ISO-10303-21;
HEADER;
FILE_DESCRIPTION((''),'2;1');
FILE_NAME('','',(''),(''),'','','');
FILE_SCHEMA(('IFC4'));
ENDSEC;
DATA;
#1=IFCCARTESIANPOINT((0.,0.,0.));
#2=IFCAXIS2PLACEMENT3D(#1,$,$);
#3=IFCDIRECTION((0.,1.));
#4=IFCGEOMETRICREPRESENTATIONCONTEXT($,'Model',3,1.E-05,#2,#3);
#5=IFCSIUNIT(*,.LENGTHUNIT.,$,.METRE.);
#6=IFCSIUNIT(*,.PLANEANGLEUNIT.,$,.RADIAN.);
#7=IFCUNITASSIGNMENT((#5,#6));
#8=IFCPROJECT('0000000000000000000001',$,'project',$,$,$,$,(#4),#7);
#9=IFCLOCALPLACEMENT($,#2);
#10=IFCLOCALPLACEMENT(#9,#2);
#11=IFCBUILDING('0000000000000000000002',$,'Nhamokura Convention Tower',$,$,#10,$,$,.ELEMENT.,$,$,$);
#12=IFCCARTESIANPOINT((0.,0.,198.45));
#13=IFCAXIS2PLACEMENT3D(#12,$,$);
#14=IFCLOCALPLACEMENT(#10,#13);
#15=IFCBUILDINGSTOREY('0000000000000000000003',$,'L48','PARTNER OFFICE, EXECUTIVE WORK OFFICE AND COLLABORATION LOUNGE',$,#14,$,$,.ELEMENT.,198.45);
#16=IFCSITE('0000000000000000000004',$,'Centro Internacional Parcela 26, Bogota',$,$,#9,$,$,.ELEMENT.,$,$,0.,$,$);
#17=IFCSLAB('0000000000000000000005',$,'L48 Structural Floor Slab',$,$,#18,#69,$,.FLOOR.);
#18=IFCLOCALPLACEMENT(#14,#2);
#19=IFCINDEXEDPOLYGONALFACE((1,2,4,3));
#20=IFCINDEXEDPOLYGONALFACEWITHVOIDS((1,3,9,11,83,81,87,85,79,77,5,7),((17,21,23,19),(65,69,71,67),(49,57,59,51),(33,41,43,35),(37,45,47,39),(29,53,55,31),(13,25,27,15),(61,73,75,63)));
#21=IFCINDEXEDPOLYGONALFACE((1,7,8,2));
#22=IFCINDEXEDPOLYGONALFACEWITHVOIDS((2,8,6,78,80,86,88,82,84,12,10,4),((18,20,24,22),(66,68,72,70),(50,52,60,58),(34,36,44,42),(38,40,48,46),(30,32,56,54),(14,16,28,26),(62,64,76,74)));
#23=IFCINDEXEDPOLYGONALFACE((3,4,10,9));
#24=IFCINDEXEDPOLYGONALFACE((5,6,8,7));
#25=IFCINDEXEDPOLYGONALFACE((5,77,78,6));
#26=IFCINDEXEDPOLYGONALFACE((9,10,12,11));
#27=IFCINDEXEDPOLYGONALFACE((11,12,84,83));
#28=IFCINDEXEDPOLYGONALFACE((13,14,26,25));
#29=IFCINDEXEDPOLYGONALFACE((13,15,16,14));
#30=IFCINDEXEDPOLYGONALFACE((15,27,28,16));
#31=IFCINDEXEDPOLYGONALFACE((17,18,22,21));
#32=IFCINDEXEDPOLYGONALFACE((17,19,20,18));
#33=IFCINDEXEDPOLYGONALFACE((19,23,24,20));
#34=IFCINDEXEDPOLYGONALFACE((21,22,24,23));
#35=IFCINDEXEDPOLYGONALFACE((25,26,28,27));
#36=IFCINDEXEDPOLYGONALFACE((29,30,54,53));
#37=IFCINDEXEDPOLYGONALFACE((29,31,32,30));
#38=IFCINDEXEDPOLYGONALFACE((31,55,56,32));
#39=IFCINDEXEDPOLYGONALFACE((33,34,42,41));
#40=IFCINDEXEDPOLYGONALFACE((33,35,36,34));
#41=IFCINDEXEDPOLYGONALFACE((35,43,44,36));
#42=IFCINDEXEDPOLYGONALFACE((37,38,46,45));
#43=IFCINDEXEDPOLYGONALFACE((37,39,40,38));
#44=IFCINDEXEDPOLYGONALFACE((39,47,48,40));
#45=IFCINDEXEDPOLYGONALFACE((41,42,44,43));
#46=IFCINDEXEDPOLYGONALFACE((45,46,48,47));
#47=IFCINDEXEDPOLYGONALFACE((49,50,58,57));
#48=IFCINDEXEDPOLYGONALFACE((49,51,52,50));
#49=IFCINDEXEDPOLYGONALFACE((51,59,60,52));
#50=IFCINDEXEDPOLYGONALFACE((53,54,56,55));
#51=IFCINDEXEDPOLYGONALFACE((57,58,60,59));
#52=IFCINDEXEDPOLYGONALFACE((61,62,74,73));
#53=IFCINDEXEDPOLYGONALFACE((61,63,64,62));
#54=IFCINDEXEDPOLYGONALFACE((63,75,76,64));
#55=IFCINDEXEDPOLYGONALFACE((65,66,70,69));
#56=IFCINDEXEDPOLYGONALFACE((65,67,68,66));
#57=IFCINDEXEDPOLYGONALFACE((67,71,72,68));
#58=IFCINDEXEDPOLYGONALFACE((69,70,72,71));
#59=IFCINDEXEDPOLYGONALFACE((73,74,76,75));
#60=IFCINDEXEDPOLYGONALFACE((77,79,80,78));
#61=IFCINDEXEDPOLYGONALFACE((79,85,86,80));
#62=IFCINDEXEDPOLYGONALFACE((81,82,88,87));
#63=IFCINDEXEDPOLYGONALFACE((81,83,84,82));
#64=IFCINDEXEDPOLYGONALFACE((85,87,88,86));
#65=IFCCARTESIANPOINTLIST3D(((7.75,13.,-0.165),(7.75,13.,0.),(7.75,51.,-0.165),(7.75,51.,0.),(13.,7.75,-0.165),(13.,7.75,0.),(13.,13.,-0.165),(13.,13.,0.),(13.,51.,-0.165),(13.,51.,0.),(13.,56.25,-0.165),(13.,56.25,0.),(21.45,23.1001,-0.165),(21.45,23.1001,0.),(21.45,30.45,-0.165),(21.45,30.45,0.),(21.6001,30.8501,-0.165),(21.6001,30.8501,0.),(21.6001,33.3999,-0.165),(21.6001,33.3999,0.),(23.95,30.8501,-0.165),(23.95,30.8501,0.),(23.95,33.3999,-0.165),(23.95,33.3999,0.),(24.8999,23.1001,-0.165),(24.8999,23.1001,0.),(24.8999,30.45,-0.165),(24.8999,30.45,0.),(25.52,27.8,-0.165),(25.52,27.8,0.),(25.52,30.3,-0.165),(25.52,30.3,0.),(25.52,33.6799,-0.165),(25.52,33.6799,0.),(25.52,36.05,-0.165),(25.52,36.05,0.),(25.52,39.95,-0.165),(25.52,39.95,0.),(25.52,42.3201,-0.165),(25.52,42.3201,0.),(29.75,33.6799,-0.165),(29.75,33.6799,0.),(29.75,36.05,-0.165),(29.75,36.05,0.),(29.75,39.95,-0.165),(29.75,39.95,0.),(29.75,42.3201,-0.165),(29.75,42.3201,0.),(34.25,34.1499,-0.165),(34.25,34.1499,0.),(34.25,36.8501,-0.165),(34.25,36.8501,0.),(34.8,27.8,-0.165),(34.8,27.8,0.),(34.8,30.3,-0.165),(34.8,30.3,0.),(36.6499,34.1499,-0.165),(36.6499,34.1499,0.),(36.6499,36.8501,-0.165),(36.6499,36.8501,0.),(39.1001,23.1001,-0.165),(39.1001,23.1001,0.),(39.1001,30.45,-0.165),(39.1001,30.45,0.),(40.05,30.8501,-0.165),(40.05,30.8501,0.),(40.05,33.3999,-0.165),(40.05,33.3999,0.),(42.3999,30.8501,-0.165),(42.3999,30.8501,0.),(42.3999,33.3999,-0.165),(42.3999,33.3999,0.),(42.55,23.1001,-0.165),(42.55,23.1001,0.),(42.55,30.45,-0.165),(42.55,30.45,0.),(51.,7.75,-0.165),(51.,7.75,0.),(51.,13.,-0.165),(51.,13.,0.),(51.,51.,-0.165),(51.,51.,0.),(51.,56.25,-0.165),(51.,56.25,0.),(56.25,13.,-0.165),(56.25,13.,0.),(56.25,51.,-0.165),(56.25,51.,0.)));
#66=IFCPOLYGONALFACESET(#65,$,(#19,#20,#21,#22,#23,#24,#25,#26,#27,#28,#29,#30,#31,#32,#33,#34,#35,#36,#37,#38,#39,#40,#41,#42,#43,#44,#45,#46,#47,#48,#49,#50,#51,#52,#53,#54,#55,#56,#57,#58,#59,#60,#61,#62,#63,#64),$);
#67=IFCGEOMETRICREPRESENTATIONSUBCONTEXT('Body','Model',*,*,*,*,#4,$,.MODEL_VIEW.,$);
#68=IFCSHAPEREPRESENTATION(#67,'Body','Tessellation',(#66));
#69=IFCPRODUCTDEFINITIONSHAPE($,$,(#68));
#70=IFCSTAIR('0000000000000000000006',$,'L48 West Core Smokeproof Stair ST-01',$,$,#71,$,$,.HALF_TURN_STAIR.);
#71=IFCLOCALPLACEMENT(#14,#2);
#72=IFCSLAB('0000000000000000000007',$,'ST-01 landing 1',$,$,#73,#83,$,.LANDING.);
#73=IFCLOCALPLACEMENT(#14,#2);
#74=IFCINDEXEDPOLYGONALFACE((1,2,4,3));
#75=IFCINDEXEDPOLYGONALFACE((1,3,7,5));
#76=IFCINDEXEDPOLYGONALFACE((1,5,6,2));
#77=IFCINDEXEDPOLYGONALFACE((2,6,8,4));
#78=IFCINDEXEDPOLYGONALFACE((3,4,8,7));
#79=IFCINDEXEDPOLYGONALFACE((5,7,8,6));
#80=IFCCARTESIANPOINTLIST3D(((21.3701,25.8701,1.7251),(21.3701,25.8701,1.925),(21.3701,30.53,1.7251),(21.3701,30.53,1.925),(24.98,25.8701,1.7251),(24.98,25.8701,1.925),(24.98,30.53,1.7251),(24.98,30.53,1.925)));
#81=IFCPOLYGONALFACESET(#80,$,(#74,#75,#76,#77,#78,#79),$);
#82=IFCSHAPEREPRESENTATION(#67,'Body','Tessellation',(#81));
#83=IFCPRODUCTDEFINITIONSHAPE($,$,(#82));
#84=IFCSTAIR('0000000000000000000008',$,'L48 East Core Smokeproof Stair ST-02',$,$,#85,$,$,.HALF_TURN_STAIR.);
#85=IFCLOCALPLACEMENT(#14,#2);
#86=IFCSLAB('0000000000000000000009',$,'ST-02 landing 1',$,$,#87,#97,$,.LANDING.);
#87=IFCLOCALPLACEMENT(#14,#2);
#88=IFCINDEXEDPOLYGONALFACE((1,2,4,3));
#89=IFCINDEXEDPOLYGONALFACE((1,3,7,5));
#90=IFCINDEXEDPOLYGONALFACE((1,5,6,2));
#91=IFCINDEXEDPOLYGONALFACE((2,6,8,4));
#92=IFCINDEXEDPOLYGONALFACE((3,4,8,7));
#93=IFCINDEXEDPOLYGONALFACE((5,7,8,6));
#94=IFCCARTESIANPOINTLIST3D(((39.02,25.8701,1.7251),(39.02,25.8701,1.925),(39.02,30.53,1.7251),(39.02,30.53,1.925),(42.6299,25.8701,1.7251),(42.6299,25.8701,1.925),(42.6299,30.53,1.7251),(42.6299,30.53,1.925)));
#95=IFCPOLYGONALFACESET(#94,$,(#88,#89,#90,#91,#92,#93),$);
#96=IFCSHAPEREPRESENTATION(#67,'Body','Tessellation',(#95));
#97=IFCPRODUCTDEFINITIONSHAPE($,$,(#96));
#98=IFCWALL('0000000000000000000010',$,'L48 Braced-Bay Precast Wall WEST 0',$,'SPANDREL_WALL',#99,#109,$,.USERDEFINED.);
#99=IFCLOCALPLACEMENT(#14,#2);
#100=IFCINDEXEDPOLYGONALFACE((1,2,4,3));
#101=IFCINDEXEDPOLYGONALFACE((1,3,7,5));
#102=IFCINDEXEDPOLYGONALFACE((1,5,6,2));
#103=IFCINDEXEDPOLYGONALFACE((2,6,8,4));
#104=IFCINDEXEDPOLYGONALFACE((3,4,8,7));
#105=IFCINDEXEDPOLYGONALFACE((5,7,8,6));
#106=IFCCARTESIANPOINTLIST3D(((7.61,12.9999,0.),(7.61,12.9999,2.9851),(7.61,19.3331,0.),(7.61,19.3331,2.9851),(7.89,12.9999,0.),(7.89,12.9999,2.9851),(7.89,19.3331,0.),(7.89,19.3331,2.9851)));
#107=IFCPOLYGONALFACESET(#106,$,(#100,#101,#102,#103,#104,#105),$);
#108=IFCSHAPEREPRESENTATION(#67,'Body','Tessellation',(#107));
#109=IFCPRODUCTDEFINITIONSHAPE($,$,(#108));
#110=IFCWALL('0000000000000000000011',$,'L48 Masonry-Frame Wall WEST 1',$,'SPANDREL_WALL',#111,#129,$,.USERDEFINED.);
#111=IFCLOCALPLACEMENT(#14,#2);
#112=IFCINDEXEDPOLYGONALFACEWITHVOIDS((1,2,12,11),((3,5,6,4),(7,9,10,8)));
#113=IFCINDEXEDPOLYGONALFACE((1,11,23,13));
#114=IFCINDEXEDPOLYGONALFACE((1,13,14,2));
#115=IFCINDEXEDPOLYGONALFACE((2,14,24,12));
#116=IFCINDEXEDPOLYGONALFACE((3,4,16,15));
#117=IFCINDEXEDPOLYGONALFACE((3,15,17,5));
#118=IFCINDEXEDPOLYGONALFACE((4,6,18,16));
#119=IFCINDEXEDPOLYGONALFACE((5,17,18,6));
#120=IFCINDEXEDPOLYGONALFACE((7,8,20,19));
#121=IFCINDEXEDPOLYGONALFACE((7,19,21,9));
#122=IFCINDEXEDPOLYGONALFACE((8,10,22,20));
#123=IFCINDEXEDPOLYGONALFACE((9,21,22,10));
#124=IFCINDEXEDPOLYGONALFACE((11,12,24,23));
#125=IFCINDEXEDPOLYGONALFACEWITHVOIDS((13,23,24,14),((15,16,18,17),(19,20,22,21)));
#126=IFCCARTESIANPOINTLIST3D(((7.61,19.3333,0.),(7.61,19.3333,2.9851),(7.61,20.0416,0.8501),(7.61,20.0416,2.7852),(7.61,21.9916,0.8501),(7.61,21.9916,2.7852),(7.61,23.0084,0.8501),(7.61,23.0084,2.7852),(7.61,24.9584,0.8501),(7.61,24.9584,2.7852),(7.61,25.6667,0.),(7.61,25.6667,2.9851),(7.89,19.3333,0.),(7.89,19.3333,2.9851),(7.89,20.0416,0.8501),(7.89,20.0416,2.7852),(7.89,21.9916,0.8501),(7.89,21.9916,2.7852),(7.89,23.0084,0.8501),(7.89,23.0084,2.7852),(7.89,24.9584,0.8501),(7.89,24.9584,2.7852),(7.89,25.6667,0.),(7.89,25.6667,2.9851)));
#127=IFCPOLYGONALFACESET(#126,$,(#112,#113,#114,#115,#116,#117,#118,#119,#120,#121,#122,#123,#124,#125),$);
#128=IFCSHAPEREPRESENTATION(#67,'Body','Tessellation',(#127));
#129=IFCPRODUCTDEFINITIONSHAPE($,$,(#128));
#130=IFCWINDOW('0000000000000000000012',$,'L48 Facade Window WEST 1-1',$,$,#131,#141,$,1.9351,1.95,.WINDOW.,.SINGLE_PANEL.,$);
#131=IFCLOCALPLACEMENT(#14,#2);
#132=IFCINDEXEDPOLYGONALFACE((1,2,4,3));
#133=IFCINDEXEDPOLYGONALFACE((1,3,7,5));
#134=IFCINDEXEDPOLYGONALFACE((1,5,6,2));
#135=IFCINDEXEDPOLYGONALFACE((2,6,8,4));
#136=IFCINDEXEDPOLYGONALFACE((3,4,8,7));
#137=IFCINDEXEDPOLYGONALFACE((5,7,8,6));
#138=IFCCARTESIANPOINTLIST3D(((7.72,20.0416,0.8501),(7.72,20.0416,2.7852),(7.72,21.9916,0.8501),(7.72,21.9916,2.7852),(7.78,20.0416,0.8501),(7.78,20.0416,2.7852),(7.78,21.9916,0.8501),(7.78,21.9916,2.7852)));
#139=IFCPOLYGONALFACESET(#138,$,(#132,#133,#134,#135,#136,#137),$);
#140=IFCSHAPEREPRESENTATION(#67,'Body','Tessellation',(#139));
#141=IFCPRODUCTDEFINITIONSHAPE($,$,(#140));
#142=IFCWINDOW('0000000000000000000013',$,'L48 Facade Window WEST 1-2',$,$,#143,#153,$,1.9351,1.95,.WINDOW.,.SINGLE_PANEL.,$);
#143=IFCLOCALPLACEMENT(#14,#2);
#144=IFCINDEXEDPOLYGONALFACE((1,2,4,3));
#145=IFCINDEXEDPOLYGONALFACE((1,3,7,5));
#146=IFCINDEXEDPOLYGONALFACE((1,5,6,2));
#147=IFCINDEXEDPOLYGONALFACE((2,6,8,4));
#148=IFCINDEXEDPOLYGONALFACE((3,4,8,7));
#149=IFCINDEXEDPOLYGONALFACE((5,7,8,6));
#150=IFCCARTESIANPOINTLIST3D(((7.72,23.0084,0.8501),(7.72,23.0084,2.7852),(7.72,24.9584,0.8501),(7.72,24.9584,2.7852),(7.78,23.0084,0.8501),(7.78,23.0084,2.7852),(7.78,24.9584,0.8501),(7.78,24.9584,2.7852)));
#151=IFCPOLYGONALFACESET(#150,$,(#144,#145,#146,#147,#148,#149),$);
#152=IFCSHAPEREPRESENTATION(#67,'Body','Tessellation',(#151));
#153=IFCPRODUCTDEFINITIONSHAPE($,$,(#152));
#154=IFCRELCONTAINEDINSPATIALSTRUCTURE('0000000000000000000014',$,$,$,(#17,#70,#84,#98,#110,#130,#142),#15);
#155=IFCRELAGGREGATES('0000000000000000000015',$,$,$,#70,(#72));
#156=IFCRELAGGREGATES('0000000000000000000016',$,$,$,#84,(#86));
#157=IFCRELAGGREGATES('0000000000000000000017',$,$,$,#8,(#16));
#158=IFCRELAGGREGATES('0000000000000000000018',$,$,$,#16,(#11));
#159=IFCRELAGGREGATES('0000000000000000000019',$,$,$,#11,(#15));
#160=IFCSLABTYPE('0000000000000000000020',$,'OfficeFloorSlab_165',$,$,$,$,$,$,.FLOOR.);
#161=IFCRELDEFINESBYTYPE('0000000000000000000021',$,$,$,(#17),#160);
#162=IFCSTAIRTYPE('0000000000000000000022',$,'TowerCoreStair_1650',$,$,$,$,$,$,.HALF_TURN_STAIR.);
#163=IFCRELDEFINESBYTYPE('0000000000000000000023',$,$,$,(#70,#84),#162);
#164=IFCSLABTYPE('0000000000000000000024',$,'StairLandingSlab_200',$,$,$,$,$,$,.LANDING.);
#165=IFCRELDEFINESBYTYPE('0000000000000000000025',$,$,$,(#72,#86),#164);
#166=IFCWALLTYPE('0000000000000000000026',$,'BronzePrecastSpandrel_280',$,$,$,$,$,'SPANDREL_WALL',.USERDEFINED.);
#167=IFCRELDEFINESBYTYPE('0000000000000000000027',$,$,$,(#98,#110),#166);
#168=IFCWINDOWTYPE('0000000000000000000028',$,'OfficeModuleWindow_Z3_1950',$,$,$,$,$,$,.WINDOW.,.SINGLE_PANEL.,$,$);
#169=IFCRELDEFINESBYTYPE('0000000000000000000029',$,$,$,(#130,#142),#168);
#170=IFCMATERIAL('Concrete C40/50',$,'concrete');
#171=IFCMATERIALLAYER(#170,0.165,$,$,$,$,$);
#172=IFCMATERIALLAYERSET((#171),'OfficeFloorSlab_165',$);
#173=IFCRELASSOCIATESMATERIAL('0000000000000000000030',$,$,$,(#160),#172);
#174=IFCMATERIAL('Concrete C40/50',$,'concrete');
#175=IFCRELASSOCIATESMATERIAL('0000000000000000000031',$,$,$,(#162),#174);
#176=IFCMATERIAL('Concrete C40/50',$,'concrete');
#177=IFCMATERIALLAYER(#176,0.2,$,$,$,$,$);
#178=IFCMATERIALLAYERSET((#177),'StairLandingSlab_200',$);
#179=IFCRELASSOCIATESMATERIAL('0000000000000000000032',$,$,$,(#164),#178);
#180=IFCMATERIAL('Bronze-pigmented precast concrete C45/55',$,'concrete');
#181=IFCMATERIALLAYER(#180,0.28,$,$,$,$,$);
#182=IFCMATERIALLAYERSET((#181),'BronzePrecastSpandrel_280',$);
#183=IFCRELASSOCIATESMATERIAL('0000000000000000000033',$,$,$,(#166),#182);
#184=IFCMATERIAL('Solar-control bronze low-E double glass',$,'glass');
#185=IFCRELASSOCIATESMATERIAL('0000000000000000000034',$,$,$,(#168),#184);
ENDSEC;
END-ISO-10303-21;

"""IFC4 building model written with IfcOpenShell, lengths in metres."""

from ifc_helpers import new_model, si_unit, direction, frame, frame_2d, origin, place, context, subcontext, project, spatial, polyline, rectangle, outline, extrude, material, layer, layer_set, type_object, element, fill, aggregate, save


model = new_model("IFC4")

# Units and contexts
model_context = context("Model", 3, precision=1e-05, world=origin(), true_north=direction((0.0, 1.0)))
body_context = subcontext(model_context, "Body", "Model", "MODEL_VIEW")
ifc_project = project(units=[si_unit("LENGTHUNIT", "METRE"), si_unit("PLANEANGLEUNIT", "RADIAN")], contexts=[model_context])

# Site, building, storey
site_placement = place(None, origin())
site = spatial("IfcSite", under=ifc_project, at=site_placement, Name="Centro Internacional Parcela 26, Bogota", CompositionType="ELEMENT", RefElevation=0.0)
building_placement = place(site_placement, origin())
building = spatial("IfcBuilding", under=site, at=building_placement, Name="Nhamokura Convention Tower", CompositionType="ELEMENT")
storey_placement = place(building_placement, frame((0.0, 0.0, 198.45)))
storey = spatial("IfcBuildingStorey", under=building, at=storey_placement, Name="L48", Description="PARTNER OFFICE, EXECUTIVE WORK OFFICE AND COLLABORATION LOUNGE", CompositionType="ELEMENT", Elevation=198.45)

# Slab
ifc_material_1 = material(Name="Concrete C40/50", Category="concrete")
ifc_layer_1 = layer(ifc_material_1, 0.165)
ifc_layer_set_1 = layer_set([ifc_layer_1], Name="OfficeFloorSlab_165")
slab_type_1 = type_object("IfcSlabType", Name="OfficeFloorSlab_165", PredefinedType="FLOOR", material=ifc_layer_set_1)
slab_1_placement = place(storey_placement, frame((0.0, 0.0, -0.165)))
element("IfcSlab", 1, at=slab_1_placement, inside=storey, type_object=slab_type_1, Name="L48 Structural Floor Slab", PredefinedType="FLOOR", context=body_context, shape_type="SweptSolid", body=[
    extrude(outline(polyline([(13.0, 7.75), (51.0, 7.75), (51.0, 13.0), (56.25, 13.0), (56.25, 51.0), (51.0, 51.0), (51.0, 56.25), (13.0, 56.25), (13.0, 51.0), (7.75, 51.0), (7.75, 13.0), (13.0, 13.0), (13.0, 7.75)]), holes=[polyline([(24.8999, 23.1001), (24.8999, 30.45), (21.45, 30.45), (21.45, 23.1001), (24.8999, 23.1001)]), polyline([(42.55, 23.1001), (42.55, 30.45), (39.1001, 30.45), (39.1001, 23.1001), (42.55, 23.1001)]), polyline([(21.6001, 30.8501), (23.95, 30.8501), (23.95, 33.3999), (21.6001, 33.3999), (21.6001, 30.8501)]), polyline([(40.05, 30.8501), (42.3999, 30.8501), (42.3999, 33.3999), (40.05, 33.3999), (40.05, 30.8501)]), polyline([(34.25, 34.1499), (36.6499, 34.1499), (36.6499, 36.8501), (34.25, 36.8501), (34.25, 34.1499)]), polyline([(25.52, 27.8), (34.8, 27.8), (34.8, 30.3), (25.52, 30.3), (25.52, 27.8)]), polyline([(25.52, 33.6799), (29.75, 33.6799), (29.75, 36.05), (25.52, 36.05), (25.52, 33.6799)]), polyline([(25.52, 39.95), (29.75, 39.95), (29.75, 42.3201), (25.52, 42.3201), (25.52, 39.95)])]), origin(), (0.0, 0.0, 1.0), 0.165),
])

# Stairs, slabs
ifc_material_2 = material(Name="Concrete C40/50", Category="concrete")
stair_type = type_object("IfcStairType", Name="TowerCoreStair_1650", PredefinedType="HALF_TURN_STAIR", material=ifc_material_2)
stair_1_placement = place(storey_placement, origin())
stair_1 = element("IfcStair", 2, at=stair_1_placement, inside=storey, type_object=stair_type, Name="L48 West Core Smokeproof Stair ST-01", PredefinedType="HALF_TURN_STAIR")
ifc_material_3 = material(Name="Concrete C40/50", Category="concrete")
ifc_layer_2 = layer(ifc_material_3, 0.2)
ifc_layer_set_2 = layer_set([ifc_layer_2], Name="StairLandingSlab_200")
slab_type_2 = type_object("IfcSlabType", Name="StairLandingSlab_200", PredefinedType="LANDING", material=ifc_layer_set_2)
slab_2_placement = place(storey_placement, frame((0.0, 0.0, 1.7251)))
slab_2 = element("IfcSlab", 3, at=slab_2_placement, type_object=slab_type_2, Name="ST-01 landing 1", PredefinedType="LANDING", context=body_context, shape_type="SweptSolid", body=[
    extrude(outline(polyline([(24.98, 25.8701), (24.98, 30.53), (21.3701, 30.53), (21.3701, 25.8701), (24.98, 25.8701)])), origin(), (0.0, 0.0, 1.0), 0.2),
])
aggregate(stair_1, [slab_2])
stair_2_placement = place(storey_placement, origin())
stair_2 = element("IfcStair", 4, at=stair_2_placement, inside=storey, type_object=stair_type, Name="L48 East Core Smokeproof Stair ST-02", PredefinedType="HALF_TURN_STAIR")
slab_3_placement = place(storey_placement, frame((0.0, 0.0, 1.7251)))
slab_3 = element("IfcSlab", 5, at=slab_3_placement, type_object=slab_type_2, Name="ST-02 landing 1", PredefinedType="LANDING", context=body_context, shape_type="SweptSolid", body=[
    extrude(outline(polyline([(42.6299, 25.8701), (42.6299, 30.53), (39.02, 30.53), (39.02, 25.8701), (42.6299, 25.8701)])), origin(), (0.0, 0.0, 1.0), 0.2),
])
aggregate(stair_2, [slab_3])

# Wall
ifc_material_4 = material(Name="Bronze-pigmented precast concrete C45/55", Category="concrete")
ifc_layer_3 = layer(ifc_material_4, 0.28)
ifc_layer_set_3 = layer_set([ifc_layer_3], Name="BronzePrecastSpandrel_280")
wall_type = type_object("IfcWallType", Name="BronzePrecastSpandrel_280", ElementType="SPANDREL_WALL", PredefinedType="USERDEFINED", material=ifc_layer_set_3)
wall_1_placement = place(storey_placement, frame((7.75, 13.0, 0.0), z_axis=(0.0, 0.0, 1.0), x_axis=(0.0, 1.0, 0.0)))
element("IfcWall", 6, at=wall_1_placement, inside=storey, type_object=wall_type, Name="L48 Braced-Bay Precast Wall WEST 0", ObjectType="SPANDREL_WALL", PredefinedType="USERDEFINED", context=body_context, shape_type="SweptSolid", body=[
    extrude(rectangle(XDim=6.3333, YDim=0.28, at=frame_2d((3.1665, 0.0))), origin(), (0.0, 0.0, 1.0), 2.9851),
])

# Wall, openings, windows
wall_2_placement = place(storey_placement, frame((7.75, 19.3333, 0.0), z_axis=(0.0, 0.0, 1.0), x_axis=(0.0, 1.0, 0.0)))
wall_2 = element("IfcWall", 7, at=wall_2_placement, inside=storey, type_object=wall_type, Name="L48 Masonry-Frame Wall WEST 1", ObjectType="SPANDREL_WALL", PredefinedType="USERDEFINED", context=body_context, shape_type="SweptSolid", body=[
    extrude(rectangle(XDim=6.3335, YDim=0.28, at=frame_2d((3.1667, 0.0))), origin(), (0.0, 0.0, 1.0), 2.9851),
])
opening_1_placement = place(wall_2_placement, frame((0.7083, 0.0, 0.8501)))
opening_1 = element("IfcOpeningElement", 8, at=opening_1_placement, cuts=wall_2, PredefinedType="OPENING", context=body_context, shape_type="SweptSolid", body=[
    extrude(rectangle(XDim=1.95, YDim=1.9351, at=frame_2d((0.9751, 0.9675))), frame((0.0, 0.1499, 0.0), z_axis=(0.0, -1.0, 0.0), x_axis=(1.0, 0.0, 0.0)), (0.0, 0.0, 1.0), 0.3),
])
opening_2_placement = place(wall_2_placement, frame((3.675, 0.0, 0.8501)))
opening_2 = element("IfcOpeningElement", 9, at=opening_2_placement, cuts=wall_2, PredefinedType="OPENING", context=body_context, shape_type="SweptSolid", body=[
    extrude(rectangle(XDim=1.95, YDim=1.9351, at=frame_2d((0.9751, 0.9675))), frame((0.0, 0.1499, 0.0), z_axis=(0.0, -1.0, 0.0), x_axis=(1.0, 0.0, 0.0)), (0.0, 0.0, 1.0), 0.3),
])
ifc_material_5 = material(Name="Solar-control bronze low-E double glass", Category="glass")
window_type_1 = type_object("IfcWindowType", Name="OfficeModuleWindow_Z3_1950", PartitioningType="SINGLE_PANEL", PredefinedType="WINDOW", material=ifc_material_5)
window_1_placement = place(opening_1_placement, origin())
window_1 = element("IfcWindow", 10, at=window_1_placement, inside=storey, type_object=window_type_1, Name="L48 Facade Window WEST 1-1", OverallHeight=1.9351, OverallWidth=1.95, PartitioningType="SINGLE_PANEL", PredefinedType="WINDOW", context=body_context, shape_type="SweptSolid", body=[
    extrude(rectangle(XDim=1.95, YDim=1.9351, at=frame_2d((0.9751, 0.9675))), frame((0.0, 0.03, 0.0), z_axis=(0.0, -1.0, 0.0), x_axis=(1.0, 0.0, 0.0)), (0.0, 0.0, 1.0), 0.0601),
])
fill(opening_1, window_1)
window_2_placement = place(opening_2_placement, origin())
window_2 = element("IfcWindow", 11, at=window_2_placement, inside=storey, type_object=window_type_1, Name="L48 Facade Window WEST 1-2", OverallHeight=1.9351, OverallWidth=1.95, PartitioningType="SINGLE_PANEL", PredefinedType="WINDOW", context=body_context, shape_type="SweptSolid", body=[
    extrude(rectangle(XDim=1.95, YDim=1.9351, at=frame_2d((0.9751, 0.9675))), frame((0.0, 0.03, 0.0), z_axis=(0.0, -1.0, 0.0), x_axis=(1.0, 0.0, 0.0)), (0.0, 0.0, 1.0), 0.0601),
])
fill(opening_2, window_2)

save(model, "model.ifc")
